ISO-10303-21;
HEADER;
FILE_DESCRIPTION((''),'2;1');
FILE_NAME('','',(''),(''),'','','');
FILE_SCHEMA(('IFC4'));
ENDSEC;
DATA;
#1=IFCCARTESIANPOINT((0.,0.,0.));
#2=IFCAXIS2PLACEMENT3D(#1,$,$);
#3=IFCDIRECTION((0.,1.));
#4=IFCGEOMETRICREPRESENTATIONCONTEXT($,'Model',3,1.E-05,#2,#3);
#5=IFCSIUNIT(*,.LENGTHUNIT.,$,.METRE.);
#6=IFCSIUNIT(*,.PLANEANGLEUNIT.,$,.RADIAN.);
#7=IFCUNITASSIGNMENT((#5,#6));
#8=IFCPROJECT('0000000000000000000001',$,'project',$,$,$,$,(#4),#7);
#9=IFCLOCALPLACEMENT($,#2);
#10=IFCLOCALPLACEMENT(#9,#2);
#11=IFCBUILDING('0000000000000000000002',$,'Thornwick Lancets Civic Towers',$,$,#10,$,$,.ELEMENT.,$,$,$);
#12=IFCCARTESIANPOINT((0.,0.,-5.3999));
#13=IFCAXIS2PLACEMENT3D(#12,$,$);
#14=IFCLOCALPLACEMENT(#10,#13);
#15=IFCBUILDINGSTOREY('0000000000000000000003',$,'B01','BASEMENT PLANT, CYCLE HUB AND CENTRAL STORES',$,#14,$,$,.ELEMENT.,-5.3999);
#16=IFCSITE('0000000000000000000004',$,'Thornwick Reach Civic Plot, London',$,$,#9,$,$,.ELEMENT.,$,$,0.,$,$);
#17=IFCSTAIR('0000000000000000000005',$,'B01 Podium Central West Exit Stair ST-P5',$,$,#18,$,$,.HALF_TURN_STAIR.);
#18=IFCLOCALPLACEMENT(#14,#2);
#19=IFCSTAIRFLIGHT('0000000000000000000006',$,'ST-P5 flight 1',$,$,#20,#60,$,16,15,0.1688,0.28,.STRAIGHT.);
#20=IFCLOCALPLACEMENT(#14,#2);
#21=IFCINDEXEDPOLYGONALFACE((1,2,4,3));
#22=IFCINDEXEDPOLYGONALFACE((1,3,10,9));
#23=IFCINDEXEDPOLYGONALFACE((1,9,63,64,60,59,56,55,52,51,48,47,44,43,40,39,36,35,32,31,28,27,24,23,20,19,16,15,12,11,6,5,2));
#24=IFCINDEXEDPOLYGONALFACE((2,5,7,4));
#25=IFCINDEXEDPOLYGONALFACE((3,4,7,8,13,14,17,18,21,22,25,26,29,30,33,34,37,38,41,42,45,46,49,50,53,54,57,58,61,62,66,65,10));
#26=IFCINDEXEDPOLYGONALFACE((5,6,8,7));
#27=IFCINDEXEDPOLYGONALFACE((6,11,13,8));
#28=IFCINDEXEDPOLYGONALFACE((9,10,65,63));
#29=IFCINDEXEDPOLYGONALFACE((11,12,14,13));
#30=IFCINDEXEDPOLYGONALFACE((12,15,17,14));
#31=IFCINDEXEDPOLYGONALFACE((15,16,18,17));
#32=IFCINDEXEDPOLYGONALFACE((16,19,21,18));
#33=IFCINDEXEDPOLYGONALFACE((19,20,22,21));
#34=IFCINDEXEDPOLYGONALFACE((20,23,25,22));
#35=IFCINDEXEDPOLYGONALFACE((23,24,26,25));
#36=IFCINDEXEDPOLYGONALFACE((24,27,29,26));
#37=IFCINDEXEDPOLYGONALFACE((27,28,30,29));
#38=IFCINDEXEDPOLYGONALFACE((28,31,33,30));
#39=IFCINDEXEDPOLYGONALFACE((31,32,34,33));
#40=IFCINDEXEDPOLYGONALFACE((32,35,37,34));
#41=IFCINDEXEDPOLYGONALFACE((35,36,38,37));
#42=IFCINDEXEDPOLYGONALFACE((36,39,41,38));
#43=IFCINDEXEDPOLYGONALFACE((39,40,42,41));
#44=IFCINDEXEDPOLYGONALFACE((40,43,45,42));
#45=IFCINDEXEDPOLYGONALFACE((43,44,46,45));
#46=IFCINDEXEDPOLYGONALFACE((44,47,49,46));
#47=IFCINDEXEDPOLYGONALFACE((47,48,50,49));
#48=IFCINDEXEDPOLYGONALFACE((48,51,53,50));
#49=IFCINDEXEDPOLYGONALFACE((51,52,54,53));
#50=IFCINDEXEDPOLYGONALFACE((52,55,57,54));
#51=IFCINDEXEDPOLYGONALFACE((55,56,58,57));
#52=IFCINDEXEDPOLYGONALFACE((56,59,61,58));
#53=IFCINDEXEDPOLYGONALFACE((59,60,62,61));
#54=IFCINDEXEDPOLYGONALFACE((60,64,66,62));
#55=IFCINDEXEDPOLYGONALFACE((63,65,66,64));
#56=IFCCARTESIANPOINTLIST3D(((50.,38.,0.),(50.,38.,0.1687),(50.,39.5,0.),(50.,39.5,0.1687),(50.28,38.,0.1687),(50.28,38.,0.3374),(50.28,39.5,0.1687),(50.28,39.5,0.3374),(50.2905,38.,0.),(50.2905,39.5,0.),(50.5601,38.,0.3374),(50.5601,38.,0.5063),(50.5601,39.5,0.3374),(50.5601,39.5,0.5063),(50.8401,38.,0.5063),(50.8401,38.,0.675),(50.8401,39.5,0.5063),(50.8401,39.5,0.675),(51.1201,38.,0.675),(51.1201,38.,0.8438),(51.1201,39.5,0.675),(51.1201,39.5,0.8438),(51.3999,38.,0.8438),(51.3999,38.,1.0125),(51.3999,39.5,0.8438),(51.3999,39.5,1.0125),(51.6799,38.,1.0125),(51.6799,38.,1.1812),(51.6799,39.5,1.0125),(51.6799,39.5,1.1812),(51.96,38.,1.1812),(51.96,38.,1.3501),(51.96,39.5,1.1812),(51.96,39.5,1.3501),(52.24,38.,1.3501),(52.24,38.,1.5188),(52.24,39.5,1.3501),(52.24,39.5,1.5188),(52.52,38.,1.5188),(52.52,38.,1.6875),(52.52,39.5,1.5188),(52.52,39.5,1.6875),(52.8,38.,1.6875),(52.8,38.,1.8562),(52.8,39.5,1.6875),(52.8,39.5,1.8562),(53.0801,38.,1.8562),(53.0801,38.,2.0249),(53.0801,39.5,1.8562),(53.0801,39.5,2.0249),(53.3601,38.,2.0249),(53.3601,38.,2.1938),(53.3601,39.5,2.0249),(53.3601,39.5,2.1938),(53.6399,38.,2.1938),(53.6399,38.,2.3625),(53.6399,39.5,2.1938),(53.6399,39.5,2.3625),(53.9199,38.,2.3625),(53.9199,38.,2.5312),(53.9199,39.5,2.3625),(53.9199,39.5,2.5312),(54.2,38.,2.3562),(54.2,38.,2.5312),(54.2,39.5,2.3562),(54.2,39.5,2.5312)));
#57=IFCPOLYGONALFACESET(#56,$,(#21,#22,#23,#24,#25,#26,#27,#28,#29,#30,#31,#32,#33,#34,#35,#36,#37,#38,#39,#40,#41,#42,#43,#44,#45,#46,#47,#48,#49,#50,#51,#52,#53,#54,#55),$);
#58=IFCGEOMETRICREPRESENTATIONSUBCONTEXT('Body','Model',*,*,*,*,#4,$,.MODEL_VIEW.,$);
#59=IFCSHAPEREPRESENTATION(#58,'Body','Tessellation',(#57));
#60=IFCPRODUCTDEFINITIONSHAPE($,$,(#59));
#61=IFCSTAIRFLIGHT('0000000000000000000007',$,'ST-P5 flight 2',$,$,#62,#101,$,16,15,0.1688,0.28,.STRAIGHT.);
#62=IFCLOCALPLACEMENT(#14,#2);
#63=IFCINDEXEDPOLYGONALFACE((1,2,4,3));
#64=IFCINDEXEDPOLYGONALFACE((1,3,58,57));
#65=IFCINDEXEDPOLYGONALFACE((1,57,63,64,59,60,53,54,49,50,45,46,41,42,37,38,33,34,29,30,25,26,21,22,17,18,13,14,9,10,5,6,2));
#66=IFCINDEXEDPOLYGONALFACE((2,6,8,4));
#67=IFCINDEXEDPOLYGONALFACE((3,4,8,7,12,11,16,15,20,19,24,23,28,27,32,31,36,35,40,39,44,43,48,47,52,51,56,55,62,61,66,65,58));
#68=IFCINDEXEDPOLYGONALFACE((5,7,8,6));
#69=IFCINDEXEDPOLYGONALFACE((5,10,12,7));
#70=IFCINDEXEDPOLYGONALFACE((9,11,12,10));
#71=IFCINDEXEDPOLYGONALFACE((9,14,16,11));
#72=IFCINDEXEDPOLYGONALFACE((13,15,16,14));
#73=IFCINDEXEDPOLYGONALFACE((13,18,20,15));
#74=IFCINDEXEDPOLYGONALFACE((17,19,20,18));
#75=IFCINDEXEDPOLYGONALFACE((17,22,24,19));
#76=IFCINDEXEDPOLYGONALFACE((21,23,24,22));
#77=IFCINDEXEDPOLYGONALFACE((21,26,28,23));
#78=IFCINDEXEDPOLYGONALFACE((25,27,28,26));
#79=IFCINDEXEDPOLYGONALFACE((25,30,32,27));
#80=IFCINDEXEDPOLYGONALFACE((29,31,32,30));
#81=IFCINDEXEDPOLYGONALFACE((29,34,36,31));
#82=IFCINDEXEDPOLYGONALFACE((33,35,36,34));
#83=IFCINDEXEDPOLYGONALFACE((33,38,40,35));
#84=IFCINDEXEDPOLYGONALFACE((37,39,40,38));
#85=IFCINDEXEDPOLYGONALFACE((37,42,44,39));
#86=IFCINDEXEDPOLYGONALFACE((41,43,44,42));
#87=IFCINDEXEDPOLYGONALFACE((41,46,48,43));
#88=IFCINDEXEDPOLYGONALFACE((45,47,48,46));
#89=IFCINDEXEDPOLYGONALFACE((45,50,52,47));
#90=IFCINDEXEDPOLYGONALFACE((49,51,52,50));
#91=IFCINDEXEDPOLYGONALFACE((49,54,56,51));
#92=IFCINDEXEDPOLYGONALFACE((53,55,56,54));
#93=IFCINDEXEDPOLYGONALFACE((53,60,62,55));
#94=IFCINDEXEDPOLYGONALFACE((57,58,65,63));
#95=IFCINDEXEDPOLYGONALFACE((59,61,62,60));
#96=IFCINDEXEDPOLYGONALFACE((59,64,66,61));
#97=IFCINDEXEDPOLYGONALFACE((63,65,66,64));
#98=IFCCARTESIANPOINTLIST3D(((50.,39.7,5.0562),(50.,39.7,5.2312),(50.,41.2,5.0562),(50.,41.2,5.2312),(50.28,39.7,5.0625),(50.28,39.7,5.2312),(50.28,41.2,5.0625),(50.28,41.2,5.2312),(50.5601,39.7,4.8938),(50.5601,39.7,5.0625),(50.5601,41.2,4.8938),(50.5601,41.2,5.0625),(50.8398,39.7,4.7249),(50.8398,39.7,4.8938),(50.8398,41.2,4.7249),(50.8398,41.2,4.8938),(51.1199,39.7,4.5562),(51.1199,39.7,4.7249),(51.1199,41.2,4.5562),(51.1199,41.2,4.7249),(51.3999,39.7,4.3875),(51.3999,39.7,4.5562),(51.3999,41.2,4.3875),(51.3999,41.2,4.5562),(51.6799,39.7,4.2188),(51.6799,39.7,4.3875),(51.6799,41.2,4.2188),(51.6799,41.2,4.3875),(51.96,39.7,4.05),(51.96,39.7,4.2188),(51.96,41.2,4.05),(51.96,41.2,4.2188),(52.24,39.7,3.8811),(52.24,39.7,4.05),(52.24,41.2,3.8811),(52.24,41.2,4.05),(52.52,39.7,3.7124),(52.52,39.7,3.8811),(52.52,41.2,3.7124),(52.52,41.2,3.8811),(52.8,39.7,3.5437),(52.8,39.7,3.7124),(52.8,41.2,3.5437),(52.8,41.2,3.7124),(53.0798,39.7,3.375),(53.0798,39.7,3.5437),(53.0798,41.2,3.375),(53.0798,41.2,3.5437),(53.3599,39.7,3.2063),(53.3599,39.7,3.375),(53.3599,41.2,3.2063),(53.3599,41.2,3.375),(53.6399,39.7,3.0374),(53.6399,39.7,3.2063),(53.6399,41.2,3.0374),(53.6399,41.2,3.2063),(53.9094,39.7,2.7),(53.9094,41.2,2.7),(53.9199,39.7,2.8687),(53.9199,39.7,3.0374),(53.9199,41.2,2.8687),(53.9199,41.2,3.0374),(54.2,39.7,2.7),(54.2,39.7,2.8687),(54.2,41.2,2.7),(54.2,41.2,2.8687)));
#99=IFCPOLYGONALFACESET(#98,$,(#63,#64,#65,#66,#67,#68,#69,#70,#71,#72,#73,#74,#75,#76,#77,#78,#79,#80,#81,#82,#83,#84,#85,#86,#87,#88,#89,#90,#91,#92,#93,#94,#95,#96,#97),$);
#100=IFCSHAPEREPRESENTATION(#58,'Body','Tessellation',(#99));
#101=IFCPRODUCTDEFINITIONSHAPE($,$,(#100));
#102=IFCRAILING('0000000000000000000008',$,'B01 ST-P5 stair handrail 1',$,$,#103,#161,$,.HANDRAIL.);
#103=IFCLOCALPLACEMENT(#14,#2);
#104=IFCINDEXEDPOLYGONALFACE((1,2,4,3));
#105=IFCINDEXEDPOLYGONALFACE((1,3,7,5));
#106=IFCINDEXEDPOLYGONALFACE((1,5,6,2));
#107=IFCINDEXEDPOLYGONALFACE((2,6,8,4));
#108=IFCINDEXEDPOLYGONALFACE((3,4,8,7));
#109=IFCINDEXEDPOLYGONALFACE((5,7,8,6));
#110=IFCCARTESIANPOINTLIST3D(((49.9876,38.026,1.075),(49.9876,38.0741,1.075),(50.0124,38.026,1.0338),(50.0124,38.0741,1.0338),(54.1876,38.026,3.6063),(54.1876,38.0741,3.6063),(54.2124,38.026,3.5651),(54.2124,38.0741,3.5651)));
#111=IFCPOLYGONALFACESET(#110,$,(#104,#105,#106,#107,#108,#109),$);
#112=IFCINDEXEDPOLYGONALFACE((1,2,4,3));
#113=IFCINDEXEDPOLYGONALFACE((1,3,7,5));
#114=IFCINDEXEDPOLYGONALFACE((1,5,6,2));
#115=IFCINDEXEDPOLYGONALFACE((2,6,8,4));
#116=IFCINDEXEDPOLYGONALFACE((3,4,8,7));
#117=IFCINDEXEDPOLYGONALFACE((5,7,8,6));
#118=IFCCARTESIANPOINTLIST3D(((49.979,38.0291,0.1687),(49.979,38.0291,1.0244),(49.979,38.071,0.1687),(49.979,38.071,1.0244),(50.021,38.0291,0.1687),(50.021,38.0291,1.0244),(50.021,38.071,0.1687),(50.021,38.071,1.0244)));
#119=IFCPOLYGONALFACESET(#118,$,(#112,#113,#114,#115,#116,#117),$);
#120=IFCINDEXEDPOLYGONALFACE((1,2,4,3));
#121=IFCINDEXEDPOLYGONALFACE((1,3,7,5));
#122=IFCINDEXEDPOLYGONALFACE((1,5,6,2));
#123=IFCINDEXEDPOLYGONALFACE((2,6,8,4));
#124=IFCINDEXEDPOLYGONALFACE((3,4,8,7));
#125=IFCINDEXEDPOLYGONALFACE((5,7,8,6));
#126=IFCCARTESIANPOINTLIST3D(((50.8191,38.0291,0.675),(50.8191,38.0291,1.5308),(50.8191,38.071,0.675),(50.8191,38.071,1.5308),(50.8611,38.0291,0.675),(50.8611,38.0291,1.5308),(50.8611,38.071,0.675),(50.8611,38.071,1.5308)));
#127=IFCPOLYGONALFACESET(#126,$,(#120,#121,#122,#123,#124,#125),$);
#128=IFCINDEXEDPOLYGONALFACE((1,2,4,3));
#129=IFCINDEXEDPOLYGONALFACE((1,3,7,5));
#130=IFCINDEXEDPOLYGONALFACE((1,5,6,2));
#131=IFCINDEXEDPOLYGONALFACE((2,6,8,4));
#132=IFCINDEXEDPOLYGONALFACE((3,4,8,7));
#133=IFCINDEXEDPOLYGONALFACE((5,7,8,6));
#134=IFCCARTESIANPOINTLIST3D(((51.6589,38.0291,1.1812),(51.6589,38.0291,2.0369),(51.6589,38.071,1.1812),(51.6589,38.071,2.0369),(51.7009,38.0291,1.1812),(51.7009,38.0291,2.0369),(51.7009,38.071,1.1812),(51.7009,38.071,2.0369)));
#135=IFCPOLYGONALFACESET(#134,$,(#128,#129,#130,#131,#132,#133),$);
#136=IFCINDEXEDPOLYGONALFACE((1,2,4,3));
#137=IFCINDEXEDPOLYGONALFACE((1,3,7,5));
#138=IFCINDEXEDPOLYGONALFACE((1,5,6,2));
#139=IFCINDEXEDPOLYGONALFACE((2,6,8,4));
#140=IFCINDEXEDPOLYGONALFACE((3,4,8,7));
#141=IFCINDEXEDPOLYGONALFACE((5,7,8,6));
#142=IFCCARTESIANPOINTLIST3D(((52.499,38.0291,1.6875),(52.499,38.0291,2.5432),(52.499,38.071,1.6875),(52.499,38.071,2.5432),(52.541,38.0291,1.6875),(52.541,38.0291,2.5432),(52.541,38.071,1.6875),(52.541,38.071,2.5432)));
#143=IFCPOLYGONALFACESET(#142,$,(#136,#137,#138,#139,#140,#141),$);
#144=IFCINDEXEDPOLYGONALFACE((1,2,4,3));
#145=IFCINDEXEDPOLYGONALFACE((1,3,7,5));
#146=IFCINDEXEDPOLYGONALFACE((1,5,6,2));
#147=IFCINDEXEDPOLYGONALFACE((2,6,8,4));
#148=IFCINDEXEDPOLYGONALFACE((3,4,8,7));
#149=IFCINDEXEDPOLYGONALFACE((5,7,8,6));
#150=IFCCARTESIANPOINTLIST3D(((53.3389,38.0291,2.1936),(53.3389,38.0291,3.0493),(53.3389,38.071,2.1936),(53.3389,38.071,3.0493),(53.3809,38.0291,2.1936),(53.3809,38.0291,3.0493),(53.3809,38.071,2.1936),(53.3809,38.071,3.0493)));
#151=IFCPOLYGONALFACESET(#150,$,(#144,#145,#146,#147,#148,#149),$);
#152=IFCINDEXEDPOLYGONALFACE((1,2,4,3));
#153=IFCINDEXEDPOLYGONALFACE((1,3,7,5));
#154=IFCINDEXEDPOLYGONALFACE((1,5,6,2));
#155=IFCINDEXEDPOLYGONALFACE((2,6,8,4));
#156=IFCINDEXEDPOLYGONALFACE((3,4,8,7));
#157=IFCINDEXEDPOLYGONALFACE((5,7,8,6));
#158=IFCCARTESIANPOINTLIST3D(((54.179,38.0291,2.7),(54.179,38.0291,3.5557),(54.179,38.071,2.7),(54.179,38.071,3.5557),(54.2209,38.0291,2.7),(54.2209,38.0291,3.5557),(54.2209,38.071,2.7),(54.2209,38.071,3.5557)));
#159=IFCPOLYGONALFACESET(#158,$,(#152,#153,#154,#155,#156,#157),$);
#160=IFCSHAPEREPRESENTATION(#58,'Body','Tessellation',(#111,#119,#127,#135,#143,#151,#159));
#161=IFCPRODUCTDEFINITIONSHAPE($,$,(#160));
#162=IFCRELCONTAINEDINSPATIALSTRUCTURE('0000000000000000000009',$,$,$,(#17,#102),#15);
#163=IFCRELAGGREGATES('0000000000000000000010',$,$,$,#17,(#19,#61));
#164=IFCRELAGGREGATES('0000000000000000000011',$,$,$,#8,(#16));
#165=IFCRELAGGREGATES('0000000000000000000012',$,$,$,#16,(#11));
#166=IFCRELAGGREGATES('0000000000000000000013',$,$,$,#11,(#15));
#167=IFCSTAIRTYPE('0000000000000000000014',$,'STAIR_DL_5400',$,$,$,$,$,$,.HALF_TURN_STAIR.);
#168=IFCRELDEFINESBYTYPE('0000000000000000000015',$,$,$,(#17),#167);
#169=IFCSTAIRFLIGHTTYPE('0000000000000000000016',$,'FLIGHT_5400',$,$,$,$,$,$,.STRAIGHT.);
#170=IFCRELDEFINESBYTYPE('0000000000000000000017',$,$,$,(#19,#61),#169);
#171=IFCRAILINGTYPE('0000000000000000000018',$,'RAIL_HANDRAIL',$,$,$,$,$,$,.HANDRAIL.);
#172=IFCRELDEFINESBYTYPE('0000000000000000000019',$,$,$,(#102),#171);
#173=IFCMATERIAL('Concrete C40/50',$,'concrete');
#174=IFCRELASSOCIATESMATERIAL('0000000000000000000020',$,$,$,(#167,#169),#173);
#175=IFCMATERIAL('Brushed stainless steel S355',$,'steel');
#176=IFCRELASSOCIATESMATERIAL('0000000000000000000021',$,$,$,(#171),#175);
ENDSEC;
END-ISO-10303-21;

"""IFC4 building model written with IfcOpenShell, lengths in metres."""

from ifc_helpers import new_model, si_unit, direction, frame, origin, origin_2d, place, context, subcontext, project, spatial, polyline, rectangle, outline, extrude, material, type_object, element, aggregate, save


model = new_model("IFC4")

# Units and contexts
model_context = context("Model", 3, precision=1e-05, world=origin(), true_north=direction((0.0, 1.0)))
body_context = subcontext(model_context, "Body", "Model", "MODEL_VIEW")
ifc_project = project(units=[si_unit("LENGTHUNIT", "METRE"), si_unit("PLANEANGLEUNIT", "RADIAN")], contexts=[model_context])

# Site, building, storey
site_placement = place(None, origin())
site = spatial("IfcSite", under=ifc_project, at=site_placement, Name="Thornwick Reach Civic Plot, London", CompositionType="ELEMENT", RefElevation=0.0)
building_placement = place(site_placement, origin())
building = spatial("IfcBuilding", under=site, at=building_placement, Name="Thornwick Lancets Civic Towers", CompositionType="ELEMENT")
storey_placement = place(building_placement, frame((0.0, 0.0, -5.3999)))
storey = spatial("IfcBuildingStorey", under=building, at=storey_placement, Name="B01", Description="BASEMENT PLANT, CYCLE HUB AND CENTRAL STORES", CompositionType="ELEMENT", Elevation=-5.3999)

# Shared definitions
ifc_material_1 = material(Name="Concrete C40/50", Category="concrete")

# Stair, stair flights
stair_type = type_object("IfcStairType", Name="STAIR_DL_5400", PredefinedType="HALF_TURN_STAIR", material=ifc_material_1)
stair_placement = place(storey_placement, origin())
stair = element("IfcStair", 1, at=stair_placement, inside=storey, type_object=stair_type, Name="B01 Podium Central West Exit Stair ST-P5", PredefinedType="HALF_TURN_STAIR")
stair_flight_type = type_object("IfcStairFlightType", Name="FLIGHT_5400", PredefinedType="STRAIGHT", material=ifc_material_1)
stair_flight_1_placement = place(storey_placement, frame((50.0, 38.75, 0.0), z_axis=(0.0, 0.0, 1.0), x_axis=(1.0, 0.0, 0.0)))
stair_flight_1 = element("IfcStairFlight", 2, at=stair_flight_1_placement, type_object=stair_flight_type, Name="ST-P5 flight 1", NumberOfRisers=16, NumberOfTreads=15, PredefinedType="STRAIGHT", RiserHeight=0.1688, TreadLength=0.28, context=body_context, shape_type="SweptSolid", body=[
    extrude(outline(polyline([(0.0, 0.0), (0.0, 0.1687), (0.28, 0.1687), (0.28, 0.3374), (0.5601, 0.3374), (0.5601, 0.5063), (0.8401, 0.5063), (0.8401, 0.675), (1.1201, 0.675), (1.1201, 0.8438), (1.3999, 0.8438), (1.3999, 1.0125), (1.6799, 1.0125), (1.6799, 1.1812), (1.96, 1.1812), (1.96, 1.3501), (2.24, 1.3501), (2.24, 1.5188), (2.52, 1.5188), (2.52, 1.6875), (2.8, 1.6875), (2.8, 1.8562), (3.0801, 1.8562), (3.0801, 2.0249), (3.3601, 2.0249), (3.3601, 2.1938), (3.6399, 2.1938), (3.6399, 2.3625), (3.9199, 2.3625), (3.9199, 2.5312), (4.2, 2.5312), (4.2, 2.7), (4.2, 2.3562), (0.2905, 0.0), (0.0, 0.0)])), frame((0.0, 0.75, 0.0), z_axis=(0.0, -1.0, 0.0), x_axis=(1.0, 0.0, 0.0)), (0.0, 0.0, 1.0), 1.5),
])
stair_flight_2_placement = place(storey_placement, frame((54.2, 40.45, 2.7), z_axis=(0.0, 0.0, 1.0), x_axis=(-1.0, 0.0, 0.0)))
stair_flight_2 = element("IfcStairFlight", 3, at=stair_flight_2_placement, type_object=stair_flight_type, Name="ST-P5 flight 2", NumberOfRisers=16, NumberOfTreads=15, PredefinedType="STRAIGHT", RiserHeight=0.1688, TreadLength=0.28, context=body_context, shape_type="SweptSolid", body=[
    extrude(outline(polyline([(0.0, 0.0), (0.0, 0.1687), (0.28, 0.1687), (0.28, 0.3374), (0.5601, 0.3374), (0.5601, 0.5063), (0.8401, 0.5063), (0.8401, 0.675), (1.1201, 0.675), (1.1201, 0.8438), (1.3999, 0.8438), (1.3999, 1.0125), (1.6799, 1.0125), (1.6799, 1.1812), (1.96, 1.1812), (1.96, 1.3501), (2.24, 1.3501), (2.24, 1.5188), (2.52, 1.5188), (2.52, 1.6875), (2.8, 1.6875), (2.8, 1.8562), (3.0801, 1.8562), (3.0801, 2.0249), (3.3601, 2.0249), (3.3601, 2.1938), (3.6399, 2.1938), (3.6399, 2.3625), (3.9199, 2.3625), (3.9199, 2.5312), (4.2, 2.5312), (4.2, 2.7), (4.2, 2.3562), (0.2905, 0.0), (0.0, 0.0)])), frame((0.0, 0.75, 0.0), z_axis=(0.0, -1.0, 0.0), x_axis=(1.0, 0.0, 0.0)), (0.0, 0.0, 1.0), 1.5),
])
aggregate(stair, [stair_flight_1, stair_flight_2])

# Railing
ifc_material_2 = material(Name="Brushed stainless steel S355", Category="steel")
railing_type_1 = type_object("IfcRailingType", Name="RAIL_HANDRAIL", PredefinedType="HANDRAIL", material=ifc_material_2)
railing_1_placement = place(storey_placement, frame((50.0, 38.05, 0.1687)))
element("IfcRailing", 4, at=railing_1_placement, inside=storey, type_object=railing_type_1, Name="B01 ST-P5 stair handrail 1", PredefinedType="HANDRAIL", context=body_context, shape_type="SweptSolid", body=[
    extrude(rectangle(XDim=0.0481, YDim=0.0481, at=origin_2d()), frame((0.0, 0.0, 0.8857), z_axis=(0.856476, 0.0, 0.516186), x_axis=(0.0, 1.0, 0.0)), (0.0, 0.0, 1.0), 4.9038),
    extrude(rectangle(XDim=0.042, YDim=0.042, at=origin_2d()), origin(), (0.0, 0.0, 1.0), 0.8557),
    extrude(rectangle(XDim=0.042, YDim=0.042, at=origin_2d()), frame((0.8401, 0.0, 0.5063)), (0.0, 0.0, 1.0), 0.8557),
    extrude(rectangle(XDim=0.042, YDim=0.042, at=origin_2d()), frame((1.6799, 0.0, 1.0125)), (0.0, 0.0, 1.0), 0.8557),
    extrude(rectangle(XDim=0.042, YDim=0.042, at=origin_2d()), frame((2.52, 0.0, 1.5188)), (0.0, 0.0, 1.0), 0.8557),
    extrude(rectangle(XDim=0.042, YDim=0.042, at=origin_2d()), frame((3.3599, 0.0, 2.0249)), (0.0, 0.0, 1.0), 0.8557),
    extrude(rectangle(XDim=0.042, YDim=0.042, at=origin_2d()), frame((4.2, 0.0, 2.5312)), (0.0, 0.0, 1.0), 0.8557),
])

save(model, "model.ifc")
